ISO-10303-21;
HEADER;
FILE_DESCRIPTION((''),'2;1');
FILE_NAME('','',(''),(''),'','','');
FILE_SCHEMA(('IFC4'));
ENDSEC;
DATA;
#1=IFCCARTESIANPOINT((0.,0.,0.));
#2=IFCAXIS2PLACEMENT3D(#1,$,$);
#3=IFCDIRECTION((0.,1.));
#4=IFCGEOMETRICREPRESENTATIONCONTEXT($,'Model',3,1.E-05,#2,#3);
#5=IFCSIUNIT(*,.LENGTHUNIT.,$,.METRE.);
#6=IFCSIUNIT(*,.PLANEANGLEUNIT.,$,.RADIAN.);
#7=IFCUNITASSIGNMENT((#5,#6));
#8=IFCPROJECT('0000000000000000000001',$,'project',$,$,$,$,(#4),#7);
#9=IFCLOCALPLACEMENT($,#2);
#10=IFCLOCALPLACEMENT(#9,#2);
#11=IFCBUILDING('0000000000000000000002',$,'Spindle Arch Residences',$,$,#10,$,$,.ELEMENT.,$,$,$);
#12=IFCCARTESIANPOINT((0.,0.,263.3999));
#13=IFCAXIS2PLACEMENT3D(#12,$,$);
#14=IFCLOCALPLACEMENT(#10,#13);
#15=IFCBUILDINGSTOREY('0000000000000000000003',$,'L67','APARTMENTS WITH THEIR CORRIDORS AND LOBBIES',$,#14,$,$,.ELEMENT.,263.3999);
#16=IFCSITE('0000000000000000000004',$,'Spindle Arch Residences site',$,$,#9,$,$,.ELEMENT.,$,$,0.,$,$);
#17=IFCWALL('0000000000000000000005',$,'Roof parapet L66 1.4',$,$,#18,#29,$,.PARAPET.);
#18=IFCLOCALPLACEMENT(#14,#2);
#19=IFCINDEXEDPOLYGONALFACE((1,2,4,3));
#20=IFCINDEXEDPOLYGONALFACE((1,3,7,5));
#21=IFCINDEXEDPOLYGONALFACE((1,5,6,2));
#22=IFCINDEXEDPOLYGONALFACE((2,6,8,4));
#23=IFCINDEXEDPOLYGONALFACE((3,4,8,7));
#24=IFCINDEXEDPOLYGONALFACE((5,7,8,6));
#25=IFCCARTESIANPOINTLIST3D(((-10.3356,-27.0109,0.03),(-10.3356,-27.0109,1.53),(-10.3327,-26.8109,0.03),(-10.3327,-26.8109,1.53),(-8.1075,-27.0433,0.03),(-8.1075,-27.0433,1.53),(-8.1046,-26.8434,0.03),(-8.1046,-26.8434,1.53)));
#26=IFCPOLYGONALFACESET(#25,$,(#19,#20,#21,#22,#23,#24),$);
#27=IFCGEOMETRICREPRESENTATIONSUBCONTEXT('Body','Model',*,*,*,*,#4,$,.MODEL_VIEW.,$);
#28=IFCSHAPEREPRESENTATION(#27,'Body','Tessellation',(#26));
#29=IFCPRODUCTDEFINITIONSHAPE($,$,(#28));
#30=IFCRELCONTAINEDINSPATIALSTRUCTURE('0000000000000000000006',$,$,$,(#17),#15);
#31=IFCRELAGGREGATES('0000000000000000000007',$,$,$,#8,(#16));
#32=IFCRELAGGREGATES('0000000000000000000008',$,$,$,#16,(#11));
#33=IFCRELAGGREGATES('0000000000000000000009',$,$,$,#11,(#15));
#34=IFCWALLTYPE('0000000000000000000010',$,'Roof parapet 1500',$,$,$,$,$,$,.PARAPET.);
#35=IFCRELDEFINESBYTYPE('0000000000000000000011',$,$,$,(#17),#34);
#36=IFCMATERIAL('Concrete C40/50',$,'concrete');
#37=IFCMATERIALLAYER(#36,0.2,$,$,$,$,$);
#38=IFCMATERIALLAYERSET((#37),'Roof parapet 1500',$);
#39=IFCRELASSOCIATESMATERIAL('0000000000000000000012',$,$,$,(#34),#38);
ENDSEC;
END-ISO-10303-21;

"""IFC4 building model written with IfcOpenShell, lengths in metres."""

from ifc_helpers import new_model, si_unit, direction, frame, frame_2d, origin, place, context, subcontext, project, spatial, rectangle, extrude, material, layer, layer_set, type_object, element, save


model = new_model("IFC4")

# Units and contexts
model_context = context("Model", 3, precision=1e-05, world=origin(), true_north=direction((0.0, 1.0)))
body_context = subcontext(model_context, "Body", "Model", "MODEL_VIEW")
ifc_project = project(units=[si_unit("LENGTHUNIT", "METRE"), si_unit("PLANEANGLEUNIT", "RADIAN")], contexts=[model_context])

# Site, building, storey
site_placement = place(None, origin())
site = spatial("IfcSite", under=ifc_project, at=site_placement, Name="Spindle Arch Residences site", CompositionType="ELEMENT", RefElevation=0.0)
building_placement = place(site_placement, origin())
building = spatial("IfcBuilding", under=site, at=building_placement, Name="Spindle Arch Residences", CompositionType="ELEMENT")
storey_placement = place(building_placement, frame((0.0, 0.0, 263.3999)))
storey = spatial("IfcBuildingStorey", under=building, at=storey_placement, Name="L67", Description="APARTMENTS WITH THEIR CORRIDORS AND LOBBIES", CompositionType="ELEMENT", Elevation=263.3999)

# Wall
ifc_material_1 = material(Name="Concrete C40/50", Category="concrete")
ifc_layer_1 = layer(ifc_material_1, 0.2)
ifc_layer_set_1 = layer_set([ifc_layer_1], Name="Roof parapet 1500")
wall_type_1 = type_object("IfcWallType", Name="Roof parapet 1500", PredefinedType="PARAPET", material=ifc_layer_set_1)
wall_1_placement = place(storey_placement, frame((-8.106, -26.9434, 0.03), z_axis=(0.0, 0.0, 1.0), x_axis=(-0.999894, 0.014572, 0.0)))
element("IfcWall", 1, at=wall_1_placement, inside=storey, type_object=wall_type_1, Name="Roof parapet L66 1.4", PredefinedType="PARAPET", context=body_context, shape_type="SweptSolid", body=[
    extrude(rectangle(XDim=2.2283, YDim=0.2, at=frame_2d((1.1143, 0.0))), origin(), (0.0, 0.0, 1.0), 1.5),
])

save(model, "model.ifc")
